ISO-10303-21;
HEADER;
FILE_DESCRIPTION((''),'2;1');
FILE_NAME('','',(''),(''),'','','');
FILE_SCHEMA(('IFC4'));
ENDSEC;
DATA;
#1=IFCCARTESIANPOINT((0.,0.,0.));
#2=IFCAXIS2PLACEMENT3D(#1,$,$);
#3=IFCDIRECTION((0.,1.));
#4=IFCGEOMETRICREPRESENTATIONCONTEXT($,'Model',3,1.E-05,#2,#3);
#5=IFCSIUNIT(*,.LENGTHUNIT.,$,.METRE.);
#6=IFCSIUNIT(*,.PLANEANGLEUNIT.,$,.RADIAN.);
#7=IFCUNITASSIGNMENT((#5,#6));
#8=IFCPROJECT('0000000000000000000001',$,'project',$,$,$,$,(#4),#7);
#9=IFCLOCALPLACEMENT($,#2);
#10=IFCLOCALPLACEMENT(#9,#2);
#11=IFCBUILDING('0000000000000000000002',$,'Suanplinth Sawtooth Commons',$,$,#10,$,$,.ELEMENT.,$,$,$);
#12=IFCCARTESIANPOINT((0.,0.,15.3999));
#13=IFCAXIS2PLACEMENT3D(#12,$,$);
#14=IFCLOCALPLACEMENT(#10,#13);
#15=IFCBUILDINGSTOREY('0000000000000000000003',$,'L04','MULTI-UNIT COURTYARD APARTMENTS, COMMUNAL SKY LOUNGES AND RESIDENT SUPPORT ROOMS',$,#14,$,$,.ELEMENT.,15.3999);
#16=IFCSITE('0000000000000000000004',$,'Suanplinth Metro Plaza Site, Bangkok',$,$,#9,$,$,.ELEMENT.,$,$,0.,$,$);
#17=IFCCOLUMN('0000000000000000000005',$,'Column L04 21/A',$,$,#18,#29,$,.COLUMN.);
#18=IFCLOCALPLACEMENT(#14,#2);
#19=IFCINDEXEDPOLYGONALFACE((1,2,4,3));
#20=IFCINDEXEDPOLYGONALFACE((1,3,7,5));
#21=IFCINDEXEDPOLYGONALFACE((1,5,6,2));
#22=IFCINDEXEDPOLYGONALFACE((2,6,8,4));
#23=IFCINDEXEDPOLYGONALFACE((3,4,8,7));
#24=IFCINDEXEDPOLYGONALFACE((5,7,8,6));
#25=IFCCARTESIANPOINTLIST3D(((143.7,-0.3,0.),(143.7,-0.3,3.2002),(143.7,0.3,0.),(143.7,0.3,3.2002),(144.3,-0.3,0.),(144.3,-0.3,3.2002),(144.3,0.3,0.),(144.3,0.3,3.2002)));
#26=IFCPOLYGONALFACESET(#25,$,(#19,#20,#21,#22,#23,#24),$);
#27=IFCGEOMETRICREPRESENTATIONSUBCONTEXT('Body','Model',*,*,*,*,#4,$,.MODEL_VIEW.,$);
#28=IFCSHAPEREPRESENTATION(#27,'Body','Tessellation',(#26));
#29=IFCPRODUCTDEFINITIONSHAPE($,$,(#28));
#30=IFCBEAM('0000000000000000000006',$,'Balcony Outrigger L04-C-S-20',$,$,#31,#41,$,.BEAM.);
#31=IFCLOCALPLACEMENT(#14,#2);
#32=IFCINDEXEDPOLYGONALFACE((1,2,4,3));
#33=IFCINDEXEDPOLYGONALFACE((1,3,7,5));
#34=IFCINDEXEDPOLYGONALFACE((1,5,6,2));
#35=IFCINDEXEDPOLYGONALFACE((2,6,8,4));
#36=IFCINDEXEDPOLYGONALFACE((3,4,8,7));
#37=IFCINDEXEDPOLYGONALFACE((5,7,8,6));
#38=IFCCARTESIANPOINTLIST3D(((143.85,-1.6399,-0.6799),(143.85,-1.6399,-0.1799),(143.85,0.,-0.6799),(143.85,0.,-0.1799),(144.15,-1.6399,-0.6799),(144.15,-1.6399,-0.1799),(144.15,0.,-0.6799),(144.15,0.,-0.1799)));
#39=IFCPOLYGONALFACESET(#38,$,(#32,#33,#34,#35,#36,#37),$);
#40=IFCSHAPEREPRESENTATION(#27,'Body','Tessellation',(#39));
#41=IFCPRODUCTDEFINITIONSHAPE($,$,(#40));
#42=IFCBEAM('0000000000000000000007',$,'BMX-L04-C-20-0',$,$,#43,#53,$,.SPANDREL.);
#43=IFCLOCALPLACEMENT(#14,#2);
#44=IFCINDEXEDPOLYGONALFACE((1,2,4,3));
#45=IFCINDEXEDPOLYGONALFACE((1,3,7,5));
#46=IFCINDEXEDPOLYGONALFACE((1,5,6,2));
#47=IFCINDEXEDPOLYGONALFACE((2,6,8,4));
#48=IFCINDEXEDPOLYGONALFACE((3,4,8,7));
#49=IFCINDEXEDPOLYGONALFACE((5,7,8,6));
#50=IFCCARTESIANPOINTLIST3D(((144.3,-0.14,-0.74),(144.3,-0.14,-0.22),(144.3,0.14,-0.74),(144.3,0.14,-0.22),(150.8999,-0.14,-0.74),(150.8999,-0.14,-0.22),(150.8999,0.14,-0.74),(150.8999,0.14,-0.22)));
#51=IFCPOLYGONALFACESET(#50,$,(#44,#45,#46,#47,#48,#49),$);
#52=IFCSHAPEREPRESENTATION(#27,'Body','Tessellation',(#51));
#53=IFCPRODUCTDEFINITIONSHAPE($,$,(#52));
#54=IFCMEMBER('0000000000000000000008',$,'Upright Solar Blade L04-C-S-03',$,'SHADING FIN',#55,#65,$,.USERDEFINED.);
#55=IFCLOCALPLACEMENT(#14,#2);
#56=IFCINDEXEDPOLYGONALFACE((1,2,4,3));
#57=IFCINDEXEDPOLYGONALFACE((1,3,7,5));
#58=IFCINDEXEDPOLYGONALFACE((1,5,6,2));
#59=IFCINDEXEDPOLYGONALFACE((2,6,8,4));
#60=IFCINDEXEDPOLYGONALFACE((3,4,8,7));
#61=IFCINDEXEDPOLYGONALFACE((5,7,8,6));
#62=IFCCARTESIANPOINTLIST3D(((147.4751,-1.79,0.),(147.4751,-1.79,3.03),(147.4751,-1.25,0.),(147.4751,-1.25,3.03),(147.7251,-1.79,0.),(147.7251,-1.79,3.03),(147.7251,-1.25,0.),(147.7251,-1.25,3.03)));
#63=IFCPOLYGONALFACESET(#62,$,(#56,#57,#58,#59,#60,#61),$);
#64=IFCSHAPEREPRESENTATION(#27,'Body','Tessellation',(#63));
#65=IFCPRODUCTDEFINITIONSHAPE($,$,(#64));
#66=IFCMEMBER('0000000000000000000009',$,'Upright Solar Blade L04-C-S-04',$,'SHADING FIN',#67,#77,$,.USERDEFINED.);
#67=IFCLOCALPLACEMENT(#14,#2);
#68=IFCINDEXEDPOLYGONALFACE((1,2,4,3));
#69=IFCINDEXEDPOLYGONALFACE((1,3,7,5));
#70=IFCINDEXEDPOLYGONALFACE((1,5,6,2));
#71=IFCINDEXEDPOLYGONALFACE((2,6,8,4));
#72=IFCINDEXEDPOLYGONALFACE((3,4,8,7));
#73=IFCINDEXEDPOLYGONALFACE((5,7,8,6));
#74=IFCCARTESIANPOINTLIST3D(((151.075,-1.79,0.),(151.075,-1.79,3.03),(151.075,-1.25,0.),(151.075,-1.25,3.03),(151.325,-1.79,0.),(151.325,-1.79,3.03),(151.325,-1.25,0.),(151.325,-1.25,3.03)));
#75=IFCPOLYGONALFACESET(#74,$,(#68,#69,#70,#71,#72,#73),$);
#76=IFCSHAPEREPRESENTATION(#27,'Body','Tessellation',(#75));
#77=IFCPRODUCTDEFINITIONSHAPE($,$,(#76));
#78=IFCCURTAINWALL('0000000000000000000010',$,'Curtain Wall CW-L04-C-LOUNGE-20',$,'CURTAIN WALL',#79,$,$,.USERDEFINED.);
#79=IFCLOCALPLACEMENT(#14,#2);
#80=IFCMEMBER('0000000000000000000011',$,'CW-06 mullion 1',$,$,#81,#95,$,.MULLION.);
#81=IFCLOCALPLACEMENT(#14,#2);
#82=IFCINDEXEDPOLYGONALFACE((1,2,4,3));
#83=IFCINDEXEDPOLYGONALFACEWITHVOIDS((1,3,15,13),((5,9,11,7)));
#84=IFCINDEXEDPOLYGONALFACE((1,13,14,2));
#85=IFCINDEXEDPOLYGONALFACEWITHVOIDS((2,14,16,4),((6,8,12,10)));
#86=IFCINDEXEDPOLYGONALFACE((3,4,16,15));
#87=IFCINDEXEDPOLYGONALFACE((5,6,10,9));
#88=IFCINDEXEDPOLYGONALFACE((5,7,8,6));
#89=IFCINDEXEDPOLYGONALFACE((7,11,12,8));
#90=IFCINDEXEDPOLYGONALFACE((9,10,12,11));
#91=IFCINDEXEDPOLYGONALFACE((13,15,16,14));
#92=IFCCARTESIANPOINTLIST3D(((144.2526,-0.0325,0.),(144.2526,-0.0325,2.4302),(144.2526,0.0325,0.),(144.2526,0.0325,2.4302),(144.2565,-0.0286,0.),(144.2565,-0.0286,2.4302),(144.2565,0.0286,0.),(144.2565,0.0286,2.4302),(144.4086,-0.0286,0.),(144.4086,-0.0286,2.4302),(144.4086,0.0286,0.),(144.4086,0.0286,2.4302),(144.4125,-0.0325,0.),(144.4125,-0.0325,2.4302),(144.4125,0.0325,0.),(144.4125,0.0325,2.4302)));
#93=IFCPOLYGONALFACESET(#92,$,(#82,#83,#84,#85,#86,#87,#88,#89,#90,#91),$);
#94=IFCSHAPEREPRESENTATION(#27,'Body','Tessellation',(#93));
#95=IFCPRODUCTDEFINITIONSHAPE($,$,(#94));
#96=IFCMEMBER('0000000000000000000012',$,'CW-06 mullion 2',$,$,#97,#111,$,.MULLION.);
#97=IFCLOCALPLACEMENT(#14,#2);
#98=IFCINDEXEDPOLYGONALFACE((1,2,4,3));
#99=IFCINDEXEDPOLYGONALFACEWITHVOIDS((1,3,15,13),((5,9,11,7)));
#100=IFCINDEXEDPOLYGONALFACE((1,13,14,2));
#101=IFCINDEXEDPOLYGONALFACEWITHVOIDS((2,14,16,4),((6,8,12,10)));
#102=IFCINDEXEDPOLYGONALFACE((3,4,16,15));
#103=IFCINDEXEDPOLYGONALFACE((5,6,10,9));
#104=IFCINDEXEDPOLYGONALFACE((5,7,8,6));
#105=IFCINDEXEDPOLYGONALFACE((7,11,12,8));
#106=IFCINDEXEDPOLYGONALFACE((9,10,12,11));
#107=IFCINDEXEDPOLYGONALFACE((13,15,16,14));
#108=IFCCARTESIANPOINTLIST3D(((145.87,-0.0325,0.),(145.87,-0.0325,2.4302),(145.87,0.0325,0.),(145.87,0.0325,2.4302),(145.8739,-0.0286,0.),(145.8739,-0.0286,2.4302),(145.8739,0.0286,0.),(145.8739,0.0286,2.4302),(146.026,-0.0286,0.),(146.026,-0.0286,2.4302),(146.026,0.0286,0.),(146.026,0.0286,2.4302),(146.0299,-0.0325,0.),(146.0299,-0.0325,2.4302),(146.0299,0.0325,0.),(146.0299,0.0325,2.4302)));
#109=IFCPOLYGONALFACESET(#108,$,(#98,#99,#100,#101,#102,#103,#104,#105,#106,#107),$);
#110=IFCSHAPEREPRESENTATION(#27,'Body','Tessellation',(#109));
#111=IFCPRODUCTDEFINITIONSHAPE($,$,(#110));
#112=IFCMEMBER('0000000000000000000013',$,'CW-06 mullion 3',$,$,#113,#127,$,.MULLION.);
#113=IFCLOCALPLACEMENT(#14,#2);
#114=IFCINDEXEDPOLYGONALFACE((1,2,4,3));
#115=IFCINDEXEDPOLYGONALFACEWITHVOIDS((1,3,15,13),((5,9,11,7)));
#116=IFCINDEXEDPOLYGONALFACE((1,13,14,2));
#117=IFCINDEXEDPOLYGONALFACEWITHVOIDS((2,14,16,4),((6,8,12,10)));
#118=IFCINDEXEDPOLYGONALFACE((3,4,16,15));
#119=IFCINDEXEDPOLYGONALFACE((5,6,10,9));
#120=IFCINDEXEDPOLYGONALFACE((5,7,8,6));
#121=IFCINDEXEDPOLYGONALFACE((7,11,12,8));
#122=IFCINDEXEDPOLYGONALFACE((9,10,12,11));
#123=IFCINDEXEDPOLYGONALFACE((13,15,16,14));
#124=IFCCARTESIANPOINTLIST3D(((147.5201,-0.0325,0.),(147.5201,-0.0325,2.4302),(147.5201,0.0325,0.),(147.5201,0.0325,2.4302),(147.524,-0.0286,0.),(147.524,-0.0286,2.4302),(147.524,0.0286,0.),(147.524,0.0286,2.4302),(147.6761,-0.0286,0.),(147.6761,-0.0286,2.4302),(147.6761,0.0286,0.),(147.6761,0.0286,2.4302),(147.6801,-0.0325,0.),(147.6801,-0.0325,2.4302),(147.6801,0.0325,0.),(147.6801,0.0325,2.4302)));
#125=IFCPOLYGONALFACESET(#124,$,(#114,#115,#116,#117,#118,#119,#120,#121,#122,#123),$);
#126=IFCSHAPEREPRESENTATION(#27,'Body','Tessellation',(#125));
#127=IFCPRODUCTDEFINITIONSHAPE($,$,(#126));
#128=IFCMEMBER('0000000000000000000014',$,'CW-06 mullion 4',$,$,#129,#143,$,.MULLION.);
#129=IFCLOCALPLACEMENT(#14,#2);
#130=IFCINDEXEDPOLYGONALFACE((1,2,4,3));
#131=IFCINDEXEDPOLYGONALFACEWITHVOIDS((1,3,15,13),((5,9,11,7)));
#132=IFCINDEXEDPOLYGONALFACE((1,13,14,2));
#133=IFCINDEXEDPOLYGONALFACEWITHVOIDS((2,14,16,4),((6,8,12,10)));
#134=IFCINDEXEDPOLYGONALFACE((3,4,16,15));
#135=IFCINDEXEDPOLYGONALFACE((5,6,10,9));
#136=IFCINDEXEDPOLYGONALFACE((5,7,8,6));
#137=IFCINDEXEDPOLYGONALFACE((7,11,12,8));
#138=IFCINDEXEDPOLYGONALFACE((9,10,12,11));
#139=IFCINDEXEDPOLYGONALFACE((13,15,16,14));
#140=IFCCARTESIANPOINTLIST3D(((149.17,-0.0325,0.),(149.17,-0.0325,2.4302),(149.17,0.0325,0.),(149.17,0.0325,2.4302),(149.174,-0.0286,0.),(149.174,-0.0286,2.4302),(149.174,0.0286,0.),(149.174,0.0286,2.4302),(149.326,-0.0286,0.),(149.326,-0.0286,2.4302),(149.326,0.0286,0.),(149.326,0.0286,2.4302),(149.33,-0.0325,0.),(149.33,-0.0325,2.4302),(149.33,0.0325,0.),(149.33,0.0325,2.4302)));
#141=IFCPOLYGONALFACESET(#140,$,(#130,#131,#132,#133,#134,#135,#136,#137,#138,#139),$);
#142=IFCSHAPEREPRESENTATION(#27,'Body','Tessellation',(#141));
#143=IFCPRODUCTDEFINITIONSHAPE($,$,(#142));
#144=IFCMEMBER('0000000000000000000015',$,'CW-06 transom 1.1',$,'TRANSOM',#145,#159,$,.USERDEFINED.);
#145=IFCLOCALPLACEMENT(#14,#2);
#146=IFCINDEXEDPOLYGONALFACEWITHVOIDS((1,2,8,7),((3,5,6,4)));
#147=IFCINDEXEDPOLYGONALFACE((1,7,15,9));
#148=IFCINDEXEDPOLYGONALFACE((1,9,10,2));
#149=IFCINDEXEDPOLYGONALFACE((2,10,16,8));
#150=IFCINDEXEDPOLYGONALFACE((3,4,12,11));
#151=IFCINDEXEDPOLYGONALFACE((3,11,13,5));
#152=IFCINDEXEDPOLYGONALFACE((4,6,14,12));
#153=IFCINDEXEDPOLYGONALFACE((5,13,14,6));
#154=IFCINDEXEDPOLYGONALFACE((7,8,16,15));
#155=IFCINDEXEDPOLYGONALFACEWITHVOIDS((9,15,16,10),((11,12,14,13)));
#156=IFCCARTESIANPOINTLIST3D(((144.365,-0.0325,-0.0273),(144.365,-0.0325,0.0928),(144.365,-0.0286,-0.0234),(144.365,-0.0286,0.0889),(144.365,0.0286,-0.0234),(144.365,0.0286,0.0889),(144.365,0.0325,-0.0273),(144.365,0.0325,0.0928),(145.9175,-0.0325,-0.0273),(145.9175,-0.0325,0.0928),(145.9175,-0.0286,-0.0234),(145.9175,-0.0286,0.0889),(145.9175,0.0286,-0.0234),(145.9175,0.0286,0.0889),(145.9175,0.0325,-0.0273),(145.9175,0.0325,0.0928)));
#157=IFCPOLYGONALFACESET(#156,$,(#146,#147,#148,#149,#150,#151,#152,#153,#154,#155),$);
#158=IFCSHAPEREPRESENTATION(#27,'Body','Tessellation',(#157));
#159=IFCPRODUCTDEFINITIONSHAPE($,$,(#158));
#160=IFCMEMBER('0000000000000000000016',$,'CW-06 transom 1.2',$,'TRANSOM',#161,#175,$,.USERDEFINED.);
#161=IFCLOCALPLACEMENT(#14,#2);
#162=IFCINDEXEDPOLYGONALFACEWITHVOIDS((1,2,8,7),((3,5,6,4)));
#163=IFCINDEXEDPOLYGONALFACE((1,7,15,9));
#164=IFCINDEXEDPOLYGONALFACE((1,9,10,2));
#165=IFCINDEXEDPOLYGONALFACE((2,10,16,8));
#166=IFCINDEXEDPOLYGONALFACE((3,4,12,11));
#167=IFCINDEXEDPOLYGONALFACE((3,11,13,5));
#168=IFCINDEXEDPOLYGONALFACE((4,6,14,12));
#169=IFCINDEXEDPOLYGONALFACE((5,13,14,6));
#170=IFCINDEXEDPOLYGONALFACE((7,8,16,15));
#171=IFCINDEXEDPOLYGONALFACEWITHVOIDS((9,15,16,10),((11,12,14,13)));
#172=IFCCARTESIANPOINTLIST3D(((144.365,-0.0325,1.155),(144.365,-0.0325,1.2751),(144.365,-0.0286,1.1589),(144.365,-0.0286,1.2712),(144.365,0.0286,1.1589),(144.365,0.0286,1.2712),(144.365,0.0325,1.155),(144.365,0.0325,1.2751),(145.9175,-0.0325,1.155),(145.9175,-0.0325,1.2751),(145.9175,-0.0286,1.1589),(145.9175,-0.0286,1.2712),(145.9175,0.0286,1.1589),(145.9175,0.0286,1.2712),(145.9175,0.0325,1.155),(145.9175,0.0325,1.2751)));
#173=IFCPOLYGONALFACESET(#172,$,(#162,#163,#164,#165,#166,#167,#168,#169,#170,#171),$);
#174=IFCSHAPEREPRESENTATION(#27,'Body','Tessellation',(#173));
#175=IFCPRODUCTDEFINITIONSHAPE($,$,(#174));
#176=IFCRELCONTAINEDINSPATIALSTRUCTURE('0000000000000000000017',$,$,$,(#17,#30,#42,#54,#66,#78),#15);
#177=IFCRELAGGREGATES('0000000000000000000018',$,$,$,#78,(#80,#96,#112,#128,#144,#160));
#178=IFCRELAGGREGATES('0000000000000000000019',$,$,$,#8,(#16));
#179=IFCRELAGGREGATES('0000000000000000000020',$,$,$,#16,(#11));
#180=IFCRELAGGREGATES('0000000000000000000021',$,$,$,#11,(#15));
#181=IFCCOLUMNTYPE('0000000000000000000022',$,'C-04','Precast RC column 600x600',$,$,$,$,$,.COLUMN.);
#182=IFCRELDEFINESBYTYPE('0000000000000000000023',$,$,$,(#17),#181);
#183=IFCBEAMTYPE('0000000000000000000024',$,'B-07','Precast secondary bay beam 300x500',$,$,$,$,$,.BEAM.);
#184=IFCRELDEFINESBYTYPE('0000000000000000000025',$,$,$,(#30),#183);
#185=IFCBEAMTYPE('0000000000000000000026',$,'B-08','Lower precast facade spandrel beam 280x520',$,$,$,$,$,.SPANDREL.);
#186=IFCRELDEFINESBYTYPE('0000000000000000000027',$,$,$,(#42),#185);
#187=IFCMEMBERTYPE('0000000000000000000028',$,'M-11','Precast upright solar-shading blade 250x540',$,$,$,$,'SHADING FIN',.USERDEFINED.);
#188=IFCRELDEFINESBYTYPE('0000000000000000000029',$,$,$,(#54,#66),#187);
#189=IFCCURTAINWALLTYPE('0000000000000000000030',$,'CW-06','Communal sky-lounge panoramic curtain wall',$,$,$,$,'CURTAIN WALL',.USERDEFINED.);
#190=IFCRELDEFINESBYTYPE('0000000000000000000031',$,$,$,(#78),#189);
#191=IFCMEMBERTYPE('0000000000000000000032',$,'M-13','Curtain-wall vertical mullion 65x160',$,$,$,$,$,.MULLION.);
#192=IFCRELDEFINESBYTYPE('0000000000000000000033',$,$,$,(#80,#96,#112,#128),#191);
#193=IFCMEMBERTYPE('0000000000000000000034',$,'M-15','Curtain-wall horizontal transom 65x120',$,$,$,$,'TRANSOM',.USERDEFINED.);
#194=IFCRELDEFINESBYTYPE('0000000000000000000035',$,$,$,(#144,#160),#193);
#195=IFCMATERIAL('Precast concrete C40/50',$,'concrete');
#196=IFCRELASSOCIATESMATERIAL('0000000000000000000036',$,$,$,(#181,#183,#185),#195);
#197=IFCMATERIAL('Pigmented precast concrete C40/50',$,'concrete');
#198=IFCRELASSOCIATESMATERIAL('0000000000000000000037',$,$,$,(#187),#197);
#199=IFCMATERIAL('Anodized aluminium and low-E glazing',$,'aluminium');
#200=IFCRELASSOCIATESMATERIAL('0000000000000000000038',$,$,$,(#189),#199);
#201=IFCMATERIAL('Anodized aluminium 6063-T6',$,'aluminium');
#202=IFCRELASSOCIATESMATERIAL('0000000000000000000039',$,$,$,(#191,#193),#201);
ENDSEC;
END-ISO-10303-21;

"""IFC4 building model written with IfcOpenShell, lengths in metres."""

from ifc_helpers import new_model, si_unit, direction, frame, origin, origin_2d, place, context, subcontext, project, spatial, rectangle, hollow_rectangle, extrude, material, material_profile, profile_set, type_object, element, aggregate, save


model = new_model("IFC4")

# Units and contexts
model_context = context("Model", 3, precision=1e-05, world=origin(), true_north=direction((0.0, 1.0)))
body_context = subcontext(model_context, "Body", "Model", "MODEL_VIEW")
ifc_project = project(units=[si_unit("LENGTHUNIT", "METRE"), si_unit("PLANEANGLEUNIT", "RADIAN")], contexts=[model_context])

# Site, building, storey
site_placement = place(None, origin())
site = spatial("IfcSite", under=ifc_project, at=site_placement, Name="Suanplinth Metro Plaza Site, Bangkok", CompositionType="ELEMENT", RefElevation=0.0)
building_placement = place(site_placement, origin())
building = spatial("IfcBuilding", under=site, at=building_placement, Name="Suanplinth Sawtooth Commons", CompositionType="ELEMENT")
storey_placement = place(building_placement, frame((0.0, 0.0, 15.3999)))
storey = spatial("IfcBuildingStorey", under=building, at=storey_placement, Name="L04", Description="MULTI-UNIT COURTYARD APARTMENTS, COMMUNAL SKY LOUNGES AND RESIDENT SUPPORT ROOMS", CompositionType="ELEMENT", Elevation=15.3999)

# Column
ifc_material_1 = material(Name="Precast concrete C40/50", Category="concrete")
ifc_material_profile_1 = material_profile(ifc_material_1, rectangle(XDim=0.6001, YDim=0.6001, at=origin_2d()), Name="PC-COL 600x600")
ifc_profile_set_1 = profile_set([ifc_material_profile_1], Name="Precast concrete C40/50")
column_type = type_object("IfcColumnType", Name="C-04", Description="Precast RC column 600x600", PredefinedType="COLUMN", material=ifc_profile_set_1)
column_placement = place(storey_placement, frame((144.0, 0.0, 0.0), z_axis=(0.0, 0.0, 1.0), x_axis=(1.0, 0.0, 0.0)))
element("IfcColumn", 1, at=column_placement, inside=storey, type_object=column_type, Name="Column L04 21/A", PredefinedType="COLUMN", context=body_context, shape_type="SweptSolid", body=[
    extrude(rectangle(XDim=0.6001, YDim=0.6001, at=origin_2d()), origin(), (0.0, 0.0, 1.0), 3.2002),
])

# Beams
ifc_material_profile_2 = material_profile(ifc_material_1, rectangle(XDim=0.3, YDim=0.5, at=origin_2d()), Name="PC-BM 300x500")
ifc_profile_set_2 = profile_set([ifc_material_profile_2], Name="Precast concrete C40/50")
beam_type_1 = type_object("IfcBeamType", Name="B-07", Description="Precast secondary bay beam 300x500", PredefinedType="BEAM", material=ifc_profile_set_2)
beam_1_placement = place(storey_placement, frame((144.0, 0.0, -0.4299), z_axis=(0.0, -1.0, 0.0), x_axis=(1.0, 0.0, 0.0)))
element("IfcBeam", 2, at=beam_1_placement, inside=storey, type_object=beam_type_1, Name="Balcony Outrigger L04-C-S-20", PredefinedType="BEAM", context=body_context, shape_type="SweptSolid", body=[
    extrude(rectangle(XDim=0.3, YDim=0.5, at=origin_2d()), origin(), (0.0, 0.0, 1.0), 1.6399),
])
ifc_material_profile_3 = material_profile(ifc_material_1, rectangle(XDim=0.28, YDim=0.52, at=origin_2d()), Name="PC-SP 280x520")
ifc_profile_set_3 = profile_set([ifc_material_profile_3], Name="Precast concrete C40/50")
beam_type_2 = type_object("IfcBeamType", Name="B-08", Description="Lower precast facade spandrel beam 280x520", PredefinedType="SPANDREL", material=ifc_profile_set_3)
beam_2_placement = place(storey_placement, frame((144.3, 0.0, -0.48), z_axis=(1.0, 0.0, 0.0), x_axis=(0.0, 1.0, 0.0)))
element("IfcBeam", 3, at=beam_2_placement, inside=storey, type_object=beam_type_2, Name="BMX-L04-C-20-0", PredefinedType="SPANDREL", context=body_context, shape_type="SweptSolid", body=[
    extrude(rectangle(XDim=0.28, YDim=0.52, at=origin_2d()), origin(), (0.0, 0.0, 1.0), 6.5999),
])

# Members
ifc_material_2 = material(Name="Pigmented precast concrete C40/50", Category="concrete")
ifc_material_profile_4 = material_profile(ifc_material_2, rectangle(XDim=0.25, YDim=0.54, at=origin_2d()), Name="PC-FIN 250x540")
ifc_profile_set_4 = profile_set([ifc_material_profile_4], Name="Pigmented precast concrete C40/50")
member_type_1 = type_object("IfcMemberType", Name="M-11", Description="Precast upright solar-shading blade 250x540", ElementType="SHADING FIN", PredefinedType="USERDEFINED", material=ifc_profile_set_4)
for number, where, z_axis, x_axis, name in (
    (4, (147.6001, -1.52, 0.0), (0.0, 0.0, 1.0), (1.0, 0.0, 0.0), "Upright Solar Blade L04-C-S-03"),
    (5, (151.2, -1.52, 0.0), (0.0, 0.0, 1.0), (1.0, 0.0, 0.0), "Upright Solar Blade L04-C-S-04"),
):
    element("IfcMember", number, at=place(storey_placement, frame(where, z_axis=z_axis, x_axis=x_axis)), inside=storey, type_object=member_type_1, Name=name, ObjectType="SHADING FIN", PredefinedType="USERDEFINED", context=body_context, shape_type="SweptSolid", body=[
        extrude(rectangle(XDim=0.25, YDim=0.54, at=origin_2d()), origin(), (0.0, 0.0, 1.0), 3.03),
    ])

# Curtain wall, members
ifc_material_3 = material(Name="Anodized aluminium and low-E glazing", Category="aluminium")
curtain_wall_type = type_object("IfcCurtainWallType", Name="CW-06", Description="Communal sky-lounge panoramic curtain wall", ElementType="CURTAIN WALL", PredefinedType="USERDEFINED", material=ifc_material_3)
curtain_wall_placement = place(storey_placement, origin())
curtain_wall = element("IfcCurtainWall", 6, at=curtain_wall_placement, inside=storey, type_object=curtain_wall_type, Name="Curtain Wall CW-L04-C-LOUNGE-20", ObjectType="CURTAIN WALL", PredefinedType="USERDEFINED")
ifc_material_4 = material(Name="Anodized aluminium 6063-T6", Category="aluminium")
ifc_material_profile_5 = material_profile(ifc_material_4, hollow_rectangle(XDim=0.0649, YDim=0.1599, WallThickness=0.0039, at=origin_2d()), Name="ALU-MUL 65x160")
ifc_profile_set_5 = profile_set([ifc_material_profile_5], Name="Anodized aluminium 6063-T6")
member_type_2 = type_object("IfcMemberType", Name="M-13", Description="Curtain-wall vertical mullion 65x160", PredefinedType="MULLION", material=ifc_profile_set_5)
member_1_placement = place(storey_placement, frame((144.3325, 0.0, 0.0), z_axis=(0.0, 0.0, 1.0), x_axis=(0.0, 1.0, 0.0)))
member_1 = element("IfcMember", 7, at=member_1_placement, type_object=member_type_2, Name="CW-06 mullion 1", PredefinedType="MULLION", context=body_context, shape_type="SweptSolid", body=[
    extrude(hollow_rectangle(XDim=0.0649, YDim=0.1599, WallThickness=0.0039, at=origin_2d()), origin(), (0.0, 0.0, 1.0), 2.4302),
])
member_2_placement = place(storey_placement, frame((145.95, 0.0, 0.0), z_axis=(0.0, 0.0, 1.0), x_axis=(0.0, 1.0, 0.0)))
member_2 = element("IfcMember", 8, at=member_2_placement, type_object=member_type_2, Name="CW-06 mullion 2", PredefinedType="MULLION", context=body_context, shape_type="SweptSolid", body=[
    extrude(hollow_rectangle(XDim=0.0649, YDim=0.1599, WallThickness=0.0039, at=origin_2d()), origin(), (0.0, 0.0, 1.0), 2.4302),
])
member_3_placement = place(storey_placement, frame((147.6001, 0.0, 0.0), z_axis=(0.0, 0.0, 1.0), x_axis=(0.0, 1.0, 0.0)))
member_3 = element("IfcMember", 9, at=member_3_placement, type_object=member_type_2, Name="CW-06 mullion 3", PredefinedType="MULLION", context=body_context, shape_type="SweptSolid", body=[
    extrude(hollow_rectangle(XDim=0.0649, YDim=0.1599, WallThickness=0.0039, at=origin_2d()), origin(), (0.0, 0.0, 1.0), 2.4302),
])
member_4_placement = place(storey_placement, frame((149.25, 0.0, 0.0), z_axis=(0.0, 0.0, 1.0), x_axis=(0.0, 1.0, 0.0)))
member_4 = element("IfcMember", 10, at=member_4_placement, type_object=member_type_2, Name="CW-06 mullion 4", PredefinedType="MULLION", context=body_context, shape_type="SweptSolid", body=[
    extrude(hollow_rectangle(XDim=0.0649, YDim=0.1599, WallThickness=0.0039, at=origin_2d()), origin(), (0.0, 0.0, 1.0), 2.4302),
])
ifc_material_profile_6 = material_profile(ifc_material_4, hollow_rectangle(XDim=0.0649, YDim=0.1201, WallThickness=0.0039, at=origin_2d()), Name="ALU-TRN 65x120")
ifc_profile_set_6 = profile_set([ifc_material_profile_6], Name="Anodized aluminium 6063-T6")
member_type_3 = type_object("IfcMemberType", Name="M-15", Description="Curtain-wall horizontal transom 65x120", ElementType="TRANSOM", PredefinedType="USERDEFINED", material=ifc_profile_set_6)
member_5_placement = place(storey_placement, frame((144.365, 0.0, 0.0327), z_axis=(1.0, 0.0, 0.0), x_axis=(0.0, 1.0, 0.0)))
member_5 = element("IfcMember", 11, at=member_5_placement, type_object=member_type_3, Name="CW-06 transom 1.1", ObjectType="TRANSOM", PredefinedType="USERDEFINED", context=body_context, shape_type="SweptSolid", body=[
    extrude(hollow_rectangle(XDim=0.0649, YDim=0.1201, WallThickness=0.0039, at=origin_2d()), origin(), (0.0, 0.0, 1.0), 1.5525),
])
member_6_placement = place(storey_placement, frame((144.365, 0.0, 1.2151), z_axis=(1.0, 0.0, 0.0), x_axis=(0.0, 1.0, 0.0)))
member_6 = element("IfcMember", 12, at=member_6_placement, type_object=member_type_3, Name="CW-06 transom 1.2", ObjectType="TRANSOM", PredefinedType="USERDEFINED", context=body_context, shape_type="SweptSolid", body=[
    extrude(hollow_rectangle(XDim=0.0649, YDim=0.1201, WallThickness=0.0039, at=origin_2d()), origin(), (0.0, 0.0, 1.0), 1.5525),
])
aggregate(curtain_wall, [member_1, member_2, member_3, member_4, member_5, member_6])

save(model, "model.ifc")
